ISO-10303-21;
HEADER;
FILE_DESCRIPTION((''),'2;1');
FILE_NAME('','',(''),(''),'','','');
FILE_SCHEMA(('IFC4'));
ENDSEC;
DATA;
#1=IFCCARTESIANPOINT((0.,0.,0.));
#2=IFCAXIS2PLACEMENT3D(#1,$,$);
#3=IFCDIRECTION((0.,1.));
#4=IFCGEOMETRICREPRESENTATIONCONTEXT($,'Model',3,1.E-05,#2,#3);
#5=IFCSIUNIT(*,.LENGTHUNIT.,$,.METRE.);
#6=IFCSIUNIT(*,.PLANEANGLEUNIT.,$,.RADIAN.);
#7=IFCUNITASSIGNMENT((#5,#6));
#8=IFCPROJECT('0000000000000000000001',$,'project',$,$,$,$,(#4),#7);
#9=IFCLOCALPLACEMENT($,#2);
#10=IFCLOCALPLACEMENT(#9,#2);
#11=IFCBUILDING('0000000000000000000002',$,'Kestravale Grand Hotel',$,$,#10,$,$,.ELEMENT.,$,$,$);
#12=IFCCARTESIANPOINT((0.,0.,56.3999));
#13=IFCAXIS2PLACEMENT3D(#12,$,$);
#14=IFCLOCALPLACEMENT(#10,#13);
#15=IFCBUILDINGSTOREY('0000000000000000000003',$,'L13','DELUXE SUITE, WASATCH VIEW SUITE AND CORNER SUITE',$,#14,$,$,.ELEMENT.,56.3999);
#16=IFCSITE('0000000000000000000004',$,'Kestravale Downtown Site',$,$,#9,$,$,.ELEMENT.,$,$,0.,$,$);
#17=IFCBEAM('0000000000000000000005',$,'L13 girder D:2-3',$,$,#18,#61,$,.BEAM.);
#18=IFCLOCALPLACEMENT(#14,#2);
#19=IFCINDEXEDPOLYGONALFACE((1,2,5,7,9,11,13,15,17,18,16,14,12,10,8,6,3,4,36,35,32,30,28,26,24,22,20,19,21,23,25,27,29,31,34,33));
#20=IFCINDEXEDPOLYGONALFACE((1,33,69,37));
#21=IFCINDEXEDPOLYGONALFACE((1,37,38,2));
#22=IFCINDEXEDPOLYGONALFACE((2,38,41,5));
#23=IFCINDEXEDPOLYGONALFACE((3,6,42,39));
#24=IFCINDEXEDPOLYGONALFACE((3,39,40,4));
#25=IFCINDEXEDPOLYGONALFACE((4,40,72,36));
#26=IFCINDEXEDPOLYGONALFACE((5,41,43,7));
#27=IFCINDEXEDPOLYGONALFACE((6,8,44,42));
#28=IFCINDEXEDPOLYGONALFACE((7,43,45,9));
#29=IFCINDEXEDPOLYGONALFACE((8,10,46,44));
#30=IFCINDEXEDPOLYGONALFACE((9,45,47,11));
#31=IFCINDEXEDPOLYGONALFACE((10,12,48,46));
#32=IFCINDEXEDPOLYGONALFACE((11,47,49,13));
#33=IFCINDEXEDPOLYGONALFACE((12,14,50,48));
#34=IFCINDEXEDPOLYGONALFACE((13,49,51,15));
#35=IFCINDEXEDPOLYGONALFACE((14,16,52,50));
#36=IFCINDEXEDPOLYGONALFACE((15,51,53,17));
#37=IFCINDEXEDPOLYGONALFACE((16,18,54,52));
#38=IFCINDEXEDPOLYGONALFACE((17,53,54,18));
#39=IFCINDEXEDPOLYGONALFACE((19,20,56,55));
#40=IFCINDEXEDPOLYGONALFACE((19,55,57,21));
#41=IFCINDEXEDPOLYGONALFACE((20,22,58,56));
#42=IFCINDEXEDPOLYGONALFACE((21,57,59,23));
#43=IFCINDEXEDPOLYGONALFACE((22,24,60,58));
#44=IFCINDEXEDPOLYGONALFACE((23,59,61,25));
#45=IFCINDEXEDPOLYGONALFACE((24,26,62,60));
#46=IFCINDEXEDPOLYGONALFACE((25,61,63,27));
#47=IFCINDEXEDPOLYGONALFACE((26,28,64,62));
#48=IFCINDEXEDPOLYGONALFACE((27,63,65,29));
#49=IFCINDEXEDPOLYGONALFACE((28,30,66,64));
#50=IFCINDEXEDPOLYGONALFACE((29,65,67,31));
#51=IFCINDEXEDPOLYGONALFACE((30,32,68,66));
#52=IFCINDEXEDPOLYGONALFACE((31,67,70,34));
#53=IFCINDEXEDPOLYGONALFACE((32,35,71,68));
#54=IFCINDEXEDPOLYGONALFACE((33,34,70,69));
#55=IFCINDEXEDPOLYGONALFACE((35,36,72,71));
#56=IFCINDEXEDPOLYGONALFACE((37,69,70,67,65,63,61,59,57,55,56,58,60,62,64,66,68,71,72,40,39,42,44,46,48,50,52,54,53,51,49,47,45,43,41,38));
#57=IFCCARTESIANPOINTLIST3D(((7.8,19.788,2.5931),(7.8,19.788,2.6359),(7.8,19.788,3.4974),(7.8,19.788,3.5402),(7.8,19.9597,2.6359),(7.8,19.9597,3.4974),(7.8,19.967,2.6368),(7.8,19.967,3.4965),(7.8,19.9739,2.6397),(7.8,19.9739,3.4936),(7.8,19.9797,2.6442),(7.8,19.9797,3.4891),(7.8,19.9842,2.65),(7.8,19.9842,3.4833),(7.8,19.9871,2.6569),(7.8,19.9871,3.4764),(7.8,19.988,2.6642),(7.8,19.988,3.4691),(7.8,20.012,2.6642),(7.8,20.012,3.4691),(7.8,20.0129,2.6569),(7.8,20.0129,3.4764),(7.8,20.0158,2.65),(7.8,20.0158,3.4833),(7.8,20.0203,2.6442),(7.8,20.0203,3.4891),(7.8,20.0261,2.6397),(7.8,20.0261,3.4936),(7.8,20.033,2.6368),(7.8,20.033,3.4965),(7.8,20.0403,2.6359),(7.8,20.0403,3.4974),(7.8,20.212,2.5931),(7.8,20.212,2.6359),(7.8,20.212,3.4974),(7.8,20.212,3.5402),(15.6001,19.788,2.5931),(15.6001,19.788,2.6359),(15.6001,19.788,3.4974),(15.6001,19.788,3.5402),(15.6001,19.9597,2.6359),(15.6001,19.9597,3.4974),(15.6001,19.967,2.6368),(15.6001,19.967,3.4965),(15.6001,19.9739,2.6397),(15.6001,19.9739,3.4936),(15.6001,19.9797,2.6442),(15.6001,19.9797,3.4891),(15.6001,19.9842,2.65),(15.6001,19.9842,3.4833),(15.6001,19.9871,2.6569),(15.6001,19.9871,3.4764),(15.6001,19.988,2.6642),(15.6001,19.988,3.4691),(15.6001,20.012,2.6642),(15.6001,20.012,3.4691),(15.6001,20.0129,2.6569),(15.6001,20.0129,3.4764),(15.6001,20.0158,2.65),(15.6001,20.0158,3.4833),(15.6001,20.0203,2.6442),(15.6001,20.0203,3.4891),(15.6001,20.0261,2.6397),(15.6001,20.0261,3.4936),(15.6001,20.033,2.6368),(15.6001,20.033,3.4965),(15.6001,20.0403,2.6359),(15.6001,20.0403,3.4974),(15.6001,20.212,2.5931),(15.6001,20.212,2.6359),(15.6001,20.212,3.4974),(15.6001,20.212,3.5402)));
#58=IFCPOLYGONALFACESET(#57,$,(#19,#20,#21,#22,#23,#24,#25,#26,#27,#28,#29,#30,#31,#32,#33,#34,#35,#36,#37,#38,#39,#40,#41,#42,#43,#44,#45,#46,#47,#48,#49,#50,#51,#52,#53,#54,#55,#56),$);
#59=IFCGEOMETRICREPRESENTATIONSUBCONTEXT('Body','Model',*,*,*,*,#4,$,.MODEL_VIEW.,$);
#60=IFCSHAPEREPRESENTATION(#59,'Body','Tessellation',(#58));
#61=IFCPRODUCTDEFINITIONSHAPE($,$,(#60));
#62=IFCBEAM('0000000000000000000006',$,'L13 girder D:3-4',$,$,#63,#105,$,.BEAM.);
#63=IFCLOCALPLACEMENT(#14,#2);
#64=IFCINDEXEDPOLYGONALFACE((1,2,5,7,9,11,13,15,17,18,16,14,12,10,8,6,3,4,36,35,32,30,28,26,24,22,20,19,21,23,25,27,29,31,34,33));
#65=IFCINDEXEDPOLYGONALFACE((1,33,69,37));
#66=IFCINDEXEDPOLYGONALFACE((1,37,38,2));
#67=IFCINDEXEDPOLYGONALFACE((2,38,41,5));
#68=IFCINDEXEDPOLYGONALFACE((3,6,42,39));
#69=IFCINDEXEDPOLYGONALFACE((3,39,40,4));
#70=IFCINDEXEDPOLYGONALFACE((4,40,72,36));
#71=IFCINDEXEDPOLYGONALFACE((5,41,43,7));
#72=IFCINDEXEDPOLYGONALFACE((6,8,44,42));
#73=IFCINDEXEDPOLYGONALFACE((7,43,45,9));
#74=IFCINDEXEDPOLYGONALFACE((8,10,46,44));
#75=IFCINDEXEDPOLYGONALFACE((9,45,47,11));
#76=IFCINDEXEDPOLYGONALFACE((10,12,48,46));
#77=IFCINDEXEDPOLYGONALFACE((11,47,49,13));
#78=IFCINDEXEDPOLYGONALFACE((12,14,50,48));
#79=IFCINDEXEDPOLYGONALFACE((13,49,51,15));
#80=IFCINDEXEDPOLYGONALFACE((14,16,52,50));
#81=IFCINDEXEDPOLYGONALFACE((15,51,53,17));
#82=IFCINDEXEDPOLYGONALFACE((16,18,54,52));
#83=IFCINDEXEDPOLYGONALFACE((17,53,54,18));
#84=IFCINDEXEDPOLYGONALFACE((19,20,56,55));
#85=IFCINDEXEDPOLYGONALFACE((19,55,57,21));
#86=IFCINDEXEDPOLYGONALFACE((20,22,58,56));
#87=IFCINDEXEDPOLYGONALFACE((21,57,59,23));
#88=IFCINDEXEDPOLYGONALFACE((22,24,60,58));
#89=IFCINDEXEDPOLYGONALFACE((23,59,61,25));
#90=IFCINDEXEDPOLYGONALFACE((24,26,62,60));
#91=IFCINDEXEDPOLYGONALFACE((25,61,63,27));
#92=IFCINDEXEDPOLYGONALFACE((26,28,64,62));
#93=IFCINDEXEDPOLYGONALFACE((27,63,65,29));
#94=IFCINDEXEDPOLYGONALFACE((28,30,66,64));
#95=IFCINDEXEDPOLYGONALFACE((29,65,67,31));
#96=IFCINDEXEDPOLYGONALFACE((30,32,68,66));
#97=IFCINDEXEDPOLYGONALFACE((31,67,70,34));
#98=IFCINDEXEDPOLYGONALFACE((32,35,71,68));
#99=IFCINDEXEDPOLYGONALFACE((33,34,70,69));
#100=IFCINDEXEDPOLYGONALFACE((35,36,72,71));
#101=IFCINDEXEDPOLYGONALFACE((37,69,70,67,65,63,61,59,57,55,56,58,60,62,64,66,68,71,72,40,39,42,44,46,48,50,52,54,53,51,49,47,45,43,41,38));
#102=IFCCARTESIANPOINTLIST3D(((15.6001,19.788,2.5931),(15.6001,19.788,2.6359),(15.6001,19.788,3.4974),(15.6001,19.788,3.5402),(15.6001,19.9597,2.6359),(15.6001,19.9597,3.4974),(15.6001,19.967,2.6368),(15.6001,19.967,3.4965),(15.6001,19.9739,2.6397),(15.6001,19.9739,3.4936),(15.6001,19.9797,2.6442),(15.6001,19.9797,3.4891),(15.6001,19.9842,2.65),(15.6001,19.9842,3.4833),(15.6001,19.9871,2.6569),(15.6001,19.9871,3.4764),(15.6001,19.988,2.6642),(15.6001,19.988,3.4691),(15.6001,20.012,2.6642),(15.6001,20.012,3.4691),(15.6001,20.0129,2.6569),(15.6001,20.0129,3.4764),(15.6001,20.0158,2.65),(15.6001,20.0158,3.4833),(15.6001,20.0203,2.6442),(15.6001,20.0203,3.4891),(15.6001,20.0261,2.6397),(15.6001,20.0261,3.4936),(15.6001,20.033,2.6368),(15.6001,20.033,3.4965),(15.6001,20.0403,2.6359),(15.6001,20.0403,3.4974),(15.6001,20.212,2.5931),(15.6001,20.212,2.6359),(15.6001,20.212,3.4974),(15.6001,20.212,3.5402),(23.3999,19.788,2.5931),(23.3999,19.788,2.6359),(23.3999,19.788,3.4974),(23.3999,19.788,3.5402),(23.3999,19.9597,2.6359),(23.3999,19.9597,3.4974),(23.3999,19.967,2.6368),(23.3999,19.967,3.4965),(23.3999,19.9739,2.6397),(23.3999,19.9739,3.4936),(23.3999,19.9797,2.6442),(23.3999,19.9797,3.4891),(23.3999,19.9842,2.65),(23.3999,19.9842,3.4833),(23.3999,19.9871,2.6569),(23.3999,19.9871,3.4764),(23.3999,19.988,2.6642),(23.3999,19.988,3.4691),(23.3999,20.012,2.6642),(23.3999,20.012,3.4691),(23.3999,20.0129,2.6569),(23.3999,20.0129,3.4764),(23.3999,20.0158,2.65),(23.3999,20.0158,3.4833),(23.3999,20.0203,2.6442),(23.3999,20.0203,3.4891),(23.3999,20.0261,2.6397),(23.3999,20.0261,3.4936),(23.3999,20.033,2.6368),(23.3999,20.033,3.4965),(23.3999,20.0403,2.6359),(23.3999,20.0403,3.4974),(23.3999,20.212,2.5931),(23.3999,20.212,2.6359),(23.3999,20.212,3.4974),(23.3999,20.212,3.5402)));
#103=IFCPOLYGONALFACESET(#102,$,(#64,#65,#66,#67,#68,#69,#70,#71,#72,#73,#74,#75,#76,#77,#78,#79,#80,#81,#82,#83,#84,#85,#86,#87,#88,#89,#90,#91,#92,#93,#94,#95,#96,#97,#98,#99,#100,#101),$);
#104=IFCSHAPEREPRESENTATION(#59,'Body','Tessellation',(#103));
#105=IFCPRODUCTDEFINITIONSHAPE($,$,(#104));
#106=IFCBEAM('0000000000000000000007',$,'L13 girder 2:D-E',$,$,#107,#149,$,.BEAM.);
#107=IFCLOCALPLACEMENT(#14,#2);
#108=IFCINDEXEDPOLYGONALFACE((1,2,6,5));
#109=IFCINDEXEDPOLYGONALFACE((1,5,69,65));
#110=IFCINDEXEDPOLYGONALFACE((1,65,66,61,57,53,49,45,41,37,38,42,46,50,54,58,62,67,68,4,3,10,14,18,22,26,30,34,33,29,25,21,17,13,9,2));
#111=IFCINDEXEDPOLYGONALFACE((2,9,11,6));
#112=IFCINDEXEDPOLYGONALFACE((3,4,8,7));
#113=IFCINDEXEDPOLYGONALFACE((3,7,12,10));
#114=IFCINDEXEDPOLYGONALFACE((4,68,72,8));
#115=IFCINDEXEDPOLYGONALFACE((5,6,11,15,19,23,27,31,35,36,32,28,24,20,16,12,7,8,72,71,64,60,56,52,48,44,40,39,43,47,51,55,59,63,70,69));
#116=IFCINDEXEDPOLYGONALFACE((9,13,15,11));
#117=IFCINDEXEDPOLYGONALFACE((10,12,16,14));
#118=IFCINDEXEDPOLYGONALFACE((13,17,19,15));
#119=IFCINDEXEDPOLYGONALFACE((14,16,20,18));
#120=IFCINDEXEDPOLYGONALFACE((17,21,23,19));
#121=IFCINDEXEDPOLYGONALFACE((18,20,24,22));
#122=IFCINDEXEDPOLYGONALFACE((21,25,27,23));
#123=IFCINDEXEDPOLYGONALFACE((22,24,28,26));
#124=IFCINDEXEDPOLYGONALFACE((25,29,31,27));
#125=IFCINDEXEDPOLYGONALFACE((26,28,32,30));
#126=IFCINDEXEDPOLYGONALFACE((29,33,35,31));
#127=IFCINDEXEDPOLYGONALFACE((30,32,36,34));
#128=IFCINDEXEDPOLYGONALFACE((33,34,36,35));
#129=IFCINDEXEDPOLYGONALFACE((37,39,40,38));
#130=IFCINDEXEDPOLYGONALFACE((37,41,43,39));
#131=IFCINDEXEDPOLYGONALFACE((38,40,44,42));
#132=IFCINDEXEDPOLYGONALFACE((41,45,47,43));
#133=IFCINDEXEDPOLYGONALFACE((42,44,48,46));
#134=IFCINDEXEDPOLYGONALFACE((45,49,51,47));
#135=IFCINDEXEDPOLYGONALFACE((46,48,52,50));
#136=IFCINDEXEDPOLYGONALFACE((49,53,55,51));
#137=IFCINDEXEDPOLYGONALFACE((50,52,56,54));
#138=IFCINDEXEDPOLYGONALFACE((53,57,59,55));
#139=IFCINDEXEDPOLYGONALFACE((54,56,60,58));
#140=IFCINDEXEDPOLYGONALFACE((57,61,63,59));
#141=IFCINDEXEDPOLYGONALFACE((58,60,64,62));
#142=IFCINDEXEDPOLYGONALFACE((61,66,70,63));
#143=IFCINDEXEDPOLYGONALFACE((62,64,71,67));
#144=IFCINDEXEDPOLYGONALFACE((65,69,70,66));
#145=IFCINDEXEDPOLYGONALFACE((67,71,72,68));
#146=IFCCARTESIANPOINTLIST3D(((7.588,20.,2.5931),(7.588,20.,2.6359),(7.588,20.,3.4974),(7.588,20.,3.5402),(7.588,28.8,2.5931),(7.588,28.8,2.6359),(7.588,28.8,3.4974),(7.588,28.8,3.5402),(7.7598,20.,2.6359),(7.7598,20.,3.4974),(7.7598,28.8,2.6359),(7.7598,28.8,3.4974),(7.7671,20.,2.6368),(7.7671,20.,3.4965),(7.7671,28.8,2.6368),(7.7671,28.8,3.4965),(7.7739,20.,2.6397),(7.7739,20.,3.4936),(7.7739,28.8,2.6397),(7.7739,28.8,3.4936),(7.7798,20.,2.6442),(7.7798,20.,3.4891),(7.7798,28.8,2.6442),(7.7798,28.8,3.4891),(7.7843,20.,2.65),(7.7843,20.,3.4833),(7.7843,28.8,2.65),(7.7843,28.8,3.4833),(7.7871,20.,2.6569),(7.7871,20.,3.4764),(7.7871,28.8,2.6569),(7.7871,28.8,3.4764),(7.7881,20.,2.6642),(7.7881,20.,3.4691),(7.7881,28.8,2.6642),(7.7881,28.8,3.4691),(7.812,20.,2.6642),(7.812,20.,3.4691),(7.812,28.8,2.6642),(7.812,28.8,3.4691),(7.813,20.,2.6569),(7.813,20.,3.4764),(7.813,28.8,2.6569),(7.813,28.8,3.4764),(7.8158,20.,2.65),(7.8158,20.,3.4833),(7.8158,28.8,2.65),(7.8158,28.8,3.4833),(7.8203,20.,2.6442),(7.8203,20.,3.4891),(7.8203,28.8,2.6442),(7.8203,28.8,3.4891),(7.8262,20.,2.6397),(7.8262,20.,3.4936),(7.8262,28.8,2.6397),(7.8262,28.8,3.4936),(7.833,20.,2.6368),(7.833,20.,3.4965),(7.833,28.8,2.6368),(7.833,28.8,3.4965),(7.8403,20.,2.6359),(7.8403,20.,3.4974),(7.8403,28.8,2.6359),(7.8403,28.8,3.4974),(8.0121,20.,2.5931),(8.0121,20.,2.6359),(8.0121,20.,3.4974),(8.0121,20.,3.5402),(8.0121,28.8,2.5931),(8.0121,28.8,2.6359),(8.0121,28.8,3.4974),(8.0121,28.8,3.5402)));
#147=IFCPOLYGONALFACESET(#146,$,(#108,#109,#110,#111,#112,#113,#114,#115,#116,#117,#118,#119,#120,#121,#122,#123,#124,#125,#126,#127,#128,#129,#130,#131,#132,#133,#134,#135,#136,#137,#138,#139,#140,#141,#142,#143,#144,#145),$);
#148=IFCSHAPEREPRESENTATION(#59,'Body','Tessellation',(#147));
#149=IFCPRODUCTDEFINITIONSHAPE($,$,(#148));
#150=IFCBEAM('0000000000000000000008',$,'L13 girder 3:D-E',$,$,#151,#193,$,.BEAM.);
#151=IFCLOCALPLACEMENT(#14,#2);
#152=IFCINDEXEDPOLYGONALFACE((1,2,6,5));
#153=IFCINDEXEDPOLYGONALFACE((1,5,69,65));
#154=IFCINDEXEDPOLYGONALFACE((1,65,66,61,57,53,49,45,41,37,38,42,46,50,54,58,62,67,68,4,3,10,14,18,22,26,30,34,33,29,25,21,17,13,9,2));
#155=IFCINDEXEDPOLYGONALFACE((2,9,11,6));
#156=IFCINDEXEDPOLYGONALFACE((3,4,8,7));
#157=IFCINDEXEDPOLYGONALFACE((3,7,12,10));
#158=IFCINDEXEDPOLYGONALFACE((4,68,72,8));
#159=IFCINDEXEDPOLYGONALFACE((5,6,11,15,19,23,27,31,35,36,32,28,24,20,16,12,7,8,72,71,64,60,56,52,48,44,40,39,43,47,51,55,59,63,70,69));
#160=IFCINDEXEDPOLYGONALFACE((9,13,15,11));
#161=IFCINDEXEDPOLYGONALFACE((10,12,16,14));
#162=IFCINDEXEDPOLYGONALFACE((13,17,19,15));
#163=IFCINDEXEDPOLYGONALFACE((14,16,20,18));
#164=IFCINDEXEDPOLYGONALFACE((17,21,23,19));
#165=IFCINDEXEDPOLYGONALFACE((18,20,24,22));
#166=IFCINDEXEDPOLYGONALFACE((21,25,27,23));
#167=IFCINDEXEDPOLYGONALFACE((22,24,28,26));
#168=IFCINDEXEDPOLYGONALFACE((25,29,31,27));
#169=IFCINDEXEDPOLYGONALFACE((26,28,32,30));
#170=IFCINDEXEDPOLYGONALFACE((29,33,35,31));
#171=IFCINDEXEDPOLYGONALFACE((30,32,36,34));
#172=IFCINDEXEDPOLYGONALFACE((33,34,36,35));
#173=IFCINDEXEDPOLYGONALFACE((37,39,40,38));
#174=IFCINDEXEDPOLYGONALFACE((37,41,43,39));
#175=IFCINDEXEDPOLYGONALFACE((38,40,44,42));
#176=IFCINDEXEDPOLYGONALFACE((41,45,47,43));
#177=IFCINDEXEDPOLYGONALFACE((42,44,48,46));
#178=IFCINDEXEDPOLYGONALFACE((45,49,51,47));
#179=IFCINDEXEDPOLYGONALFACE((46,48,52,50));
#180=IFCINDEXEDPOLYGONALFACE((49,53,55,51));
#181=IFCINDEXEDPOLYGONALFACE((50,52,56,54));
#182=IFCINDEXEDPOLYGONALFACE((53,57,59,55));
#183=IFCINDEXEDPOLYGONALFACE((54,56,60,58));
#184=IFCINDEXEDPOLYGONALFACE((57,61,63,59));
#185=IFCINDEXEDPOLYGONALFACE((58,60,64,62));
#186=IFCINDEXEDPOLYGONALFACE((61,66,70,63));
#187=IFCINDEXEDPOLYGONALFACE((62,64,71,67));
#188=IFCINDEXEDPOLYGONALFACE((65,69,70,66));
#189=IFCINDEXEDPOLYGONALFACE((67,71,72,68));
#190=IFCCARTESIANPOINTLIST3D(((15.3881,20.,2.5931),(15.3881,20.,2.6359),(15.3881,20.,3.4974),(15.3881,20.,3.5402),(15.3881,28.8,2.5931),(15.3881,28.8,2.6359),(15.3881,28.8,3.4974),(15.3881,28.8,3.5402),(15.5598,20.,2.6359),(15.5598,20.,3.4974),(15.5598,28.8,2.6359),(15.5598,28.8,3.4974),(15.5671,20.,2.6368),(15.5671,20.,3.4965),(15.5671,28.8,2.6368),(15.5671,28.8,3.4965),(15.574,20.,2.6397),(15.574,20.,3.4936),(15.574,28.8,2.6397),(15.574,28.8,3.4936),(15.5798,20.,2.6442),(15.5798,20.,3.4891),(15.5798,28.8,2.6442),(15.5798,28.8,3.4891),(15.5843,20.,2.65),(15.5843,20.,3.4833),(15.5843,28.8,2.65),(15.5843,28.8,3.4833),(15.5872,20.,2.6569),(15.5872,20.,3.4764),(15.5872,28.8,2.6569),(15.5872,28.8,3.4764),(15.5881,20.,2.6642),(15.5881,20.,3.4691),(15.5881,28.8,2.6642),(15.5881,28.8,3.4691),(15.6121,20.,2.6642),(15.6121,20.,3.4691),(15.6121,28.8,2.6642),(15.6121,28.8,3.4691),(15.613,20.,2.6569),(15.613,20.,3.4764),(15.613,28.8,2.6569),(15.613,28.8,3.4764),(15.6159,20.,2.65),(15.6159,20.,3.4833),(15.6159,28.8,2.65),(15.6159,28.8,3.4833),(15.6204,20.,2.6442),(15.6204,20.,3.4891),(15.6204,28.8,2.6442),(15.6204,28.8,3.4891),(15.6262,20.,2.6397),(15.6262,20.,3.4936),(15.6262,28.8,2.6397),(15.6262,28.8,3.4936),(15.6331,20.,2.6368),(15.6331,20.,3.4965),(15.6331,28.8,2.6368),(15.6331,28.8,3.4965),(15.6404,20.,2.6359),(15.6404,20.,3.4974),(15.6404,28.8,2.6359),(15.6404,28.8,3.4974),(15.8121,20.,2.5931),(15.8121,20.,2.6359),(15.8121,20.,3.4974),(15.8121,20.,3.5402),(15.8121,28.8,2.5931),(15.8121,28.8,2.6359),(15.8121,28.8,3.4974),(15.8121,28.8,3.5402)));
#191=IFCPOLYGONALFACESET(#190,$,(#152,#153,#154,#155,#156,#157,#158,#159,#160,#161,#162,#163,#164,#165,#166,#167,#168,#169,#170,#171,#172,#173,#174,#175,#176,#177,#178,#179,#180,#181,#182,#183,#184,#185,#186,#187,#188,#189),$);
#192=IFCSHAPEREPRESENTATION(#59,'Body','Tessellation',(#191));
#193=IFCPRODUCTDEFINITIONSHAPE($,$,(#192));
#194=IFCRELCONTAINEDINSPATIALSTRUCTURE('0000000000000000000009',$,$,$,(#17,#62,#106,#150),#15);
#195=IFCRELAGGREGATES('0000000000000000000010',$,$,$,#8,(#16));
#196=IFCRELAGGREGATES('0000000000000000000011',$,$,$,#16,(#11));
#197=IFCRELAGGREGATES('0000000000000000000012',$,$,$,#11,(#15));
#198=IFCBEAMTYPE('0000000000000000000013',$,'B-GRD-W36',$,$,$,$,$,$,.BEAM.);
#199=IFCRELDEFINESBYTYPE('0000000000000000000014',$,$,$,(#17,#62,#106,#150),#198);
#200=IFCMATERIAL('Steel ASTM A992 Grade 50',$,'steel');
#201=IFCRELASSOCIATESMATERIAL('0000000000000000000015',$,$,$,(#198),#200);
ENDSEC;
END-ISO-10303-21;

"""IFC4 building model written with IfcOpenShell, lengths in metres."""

from ifc_helpers import new_model, si_unit, direction, frame, origin, origin_2d, place, context, subcontext, project, spatial, i_section, extrude, material, material_profile, profile_set, type_object, element, save


model = new_model("IFC4")

# Units and contexts
model_context = context("Model", 3, precision=1e-05, world=origin(), true_north=direction((0.0, 1.0)))
body_context = subcontext(model_context, "Body", "Model", "MODEL_VIEW")
ifc_project = project(units=[si_unit("LENGTHUNIT", "METRE"), si_unit("PLANEANGLEUNIT", "RADIAN")], contexts=[model_context])

# Site, building, storey
site_placement = place(None, origin())
site = spatial("IfcSite", under=ifc_project, at=site_placement, Name="Kestravale Downtown Site", CompositionType="ELEMENT", RefElevation=0.0)
building_placement = place(site_placement, origin())
building = spatial("IfcBuilding", under=site, at=building_placement, Name="Kestravale Grand Hotel", CompositionType="ELEMENT")
storey_placement = place(building_placement, frame((0.0, 0.0, 56.3999)))
storey = spatial("IfcBuildingStorey", under=building, at=storey_placement, Name="L13", Description="DELUXE SUITE, WASATCH VIEW SUITE AND CORNER SUITE", CompositionType="ELEMENT", Elevation=56.3999)

# Beams
ifc_material_1 = material(Name="Steel ASTM A992 Grade 50", Category="steel")
ifc_material_profile_1 = material_profile(ifc_material_1, i_section(OverallWidth=0.4241, OverallDepth=0.947, WebThickness=0.0239, FlangeThickness=0.0427, FilletRadius=0.0283, at=origin_2d()))
ifc_profile_set_1 = profile_set([ifc_material_profile_1], Name="Steel ASTM A992 Grade 50")
beam_type_1 = type_object("IfcBeamType", Name="B-GRD-W36", PredefinedType="BEAM", material=ifc_profile_set_1)
beam_1_placement = place(storey_placement, frame((7.8, 20.0, 3.0667), z_axis=(1.0, 0.0, 0.0), x_axis=(0.0, 1.0, 0.0)))
element("IfcBeam", 1, at=beam_1_placement, inside=storey, type_object=beam_type_1, Name="L13 girder D:2-3", PredefinedType="BEAM", context=body_context, shape_type="SweptSolid", body=[
    extrude(i_section(OverallWidth=0.4241, OverallDepth=0.947, WebThickness=0.0239, FlangeThickness=0.0427, FilletRadius=0.0283, at=origin_2d()), origin(), (0.0, 0.0, 1.0), 7.8),
])
beam_2_placement = place(storey_placement, frame((15.6001, 20.0, 3.0667), z_axis=(1.0, 0.0, 0.0), x_axis=(0.0, 1.0, 0.0)))
element("IfcBeam", 2, at=beam_2_placement, inside=storey, type_object=beam_type_1, Name="L13 girder D:3-4", PredefinedType="BEAM", context=body_context, shape_type="SweptSolid", body=[
    extrude(i_section(OverallWidth=0.4241, OverallDepth=0.947, WebThickness=0.0239, FlangeThickness=0.0427, FilletRadius=0.0283, at=origin_2d()), origin(), (0.0, 0.0, 1.0), 7.7998),
])
for number, where, z_axis, x_axis, name in (
    (3, (7.8, 20.0, 3.0667), (0.0, 1.0, 0.0), (-1.0, 0.0, 0.0), "L13 girder 2:D-E"),
    (4, (15.6001, 20.0, 3.0667), (0.0, 1.0, 0.0), (-1.0, 0.0, 0.0), "L13 girder 3:D-E"),
):
    element("IfcBeam", number, at=place(storey_placement, frame(where, z_axis=z_axis, x_axis=x_axis)), inside=storey, type_object=beam_type_1, Name=name, PredefinedType="BEAM", context=body_context, shape_type="SweptSolid", body=[
        extrude(i_section(OverallWidth=0.4241, OverallDepth=0.947, WebThickness=0.0239, FlangeThickness=0.0427, FilletRadius=0.0283, at=origin_2d()), origin(), (0.0, 0.0, 1.0), 8.8),
    ])

save(model, "model.ifc")
